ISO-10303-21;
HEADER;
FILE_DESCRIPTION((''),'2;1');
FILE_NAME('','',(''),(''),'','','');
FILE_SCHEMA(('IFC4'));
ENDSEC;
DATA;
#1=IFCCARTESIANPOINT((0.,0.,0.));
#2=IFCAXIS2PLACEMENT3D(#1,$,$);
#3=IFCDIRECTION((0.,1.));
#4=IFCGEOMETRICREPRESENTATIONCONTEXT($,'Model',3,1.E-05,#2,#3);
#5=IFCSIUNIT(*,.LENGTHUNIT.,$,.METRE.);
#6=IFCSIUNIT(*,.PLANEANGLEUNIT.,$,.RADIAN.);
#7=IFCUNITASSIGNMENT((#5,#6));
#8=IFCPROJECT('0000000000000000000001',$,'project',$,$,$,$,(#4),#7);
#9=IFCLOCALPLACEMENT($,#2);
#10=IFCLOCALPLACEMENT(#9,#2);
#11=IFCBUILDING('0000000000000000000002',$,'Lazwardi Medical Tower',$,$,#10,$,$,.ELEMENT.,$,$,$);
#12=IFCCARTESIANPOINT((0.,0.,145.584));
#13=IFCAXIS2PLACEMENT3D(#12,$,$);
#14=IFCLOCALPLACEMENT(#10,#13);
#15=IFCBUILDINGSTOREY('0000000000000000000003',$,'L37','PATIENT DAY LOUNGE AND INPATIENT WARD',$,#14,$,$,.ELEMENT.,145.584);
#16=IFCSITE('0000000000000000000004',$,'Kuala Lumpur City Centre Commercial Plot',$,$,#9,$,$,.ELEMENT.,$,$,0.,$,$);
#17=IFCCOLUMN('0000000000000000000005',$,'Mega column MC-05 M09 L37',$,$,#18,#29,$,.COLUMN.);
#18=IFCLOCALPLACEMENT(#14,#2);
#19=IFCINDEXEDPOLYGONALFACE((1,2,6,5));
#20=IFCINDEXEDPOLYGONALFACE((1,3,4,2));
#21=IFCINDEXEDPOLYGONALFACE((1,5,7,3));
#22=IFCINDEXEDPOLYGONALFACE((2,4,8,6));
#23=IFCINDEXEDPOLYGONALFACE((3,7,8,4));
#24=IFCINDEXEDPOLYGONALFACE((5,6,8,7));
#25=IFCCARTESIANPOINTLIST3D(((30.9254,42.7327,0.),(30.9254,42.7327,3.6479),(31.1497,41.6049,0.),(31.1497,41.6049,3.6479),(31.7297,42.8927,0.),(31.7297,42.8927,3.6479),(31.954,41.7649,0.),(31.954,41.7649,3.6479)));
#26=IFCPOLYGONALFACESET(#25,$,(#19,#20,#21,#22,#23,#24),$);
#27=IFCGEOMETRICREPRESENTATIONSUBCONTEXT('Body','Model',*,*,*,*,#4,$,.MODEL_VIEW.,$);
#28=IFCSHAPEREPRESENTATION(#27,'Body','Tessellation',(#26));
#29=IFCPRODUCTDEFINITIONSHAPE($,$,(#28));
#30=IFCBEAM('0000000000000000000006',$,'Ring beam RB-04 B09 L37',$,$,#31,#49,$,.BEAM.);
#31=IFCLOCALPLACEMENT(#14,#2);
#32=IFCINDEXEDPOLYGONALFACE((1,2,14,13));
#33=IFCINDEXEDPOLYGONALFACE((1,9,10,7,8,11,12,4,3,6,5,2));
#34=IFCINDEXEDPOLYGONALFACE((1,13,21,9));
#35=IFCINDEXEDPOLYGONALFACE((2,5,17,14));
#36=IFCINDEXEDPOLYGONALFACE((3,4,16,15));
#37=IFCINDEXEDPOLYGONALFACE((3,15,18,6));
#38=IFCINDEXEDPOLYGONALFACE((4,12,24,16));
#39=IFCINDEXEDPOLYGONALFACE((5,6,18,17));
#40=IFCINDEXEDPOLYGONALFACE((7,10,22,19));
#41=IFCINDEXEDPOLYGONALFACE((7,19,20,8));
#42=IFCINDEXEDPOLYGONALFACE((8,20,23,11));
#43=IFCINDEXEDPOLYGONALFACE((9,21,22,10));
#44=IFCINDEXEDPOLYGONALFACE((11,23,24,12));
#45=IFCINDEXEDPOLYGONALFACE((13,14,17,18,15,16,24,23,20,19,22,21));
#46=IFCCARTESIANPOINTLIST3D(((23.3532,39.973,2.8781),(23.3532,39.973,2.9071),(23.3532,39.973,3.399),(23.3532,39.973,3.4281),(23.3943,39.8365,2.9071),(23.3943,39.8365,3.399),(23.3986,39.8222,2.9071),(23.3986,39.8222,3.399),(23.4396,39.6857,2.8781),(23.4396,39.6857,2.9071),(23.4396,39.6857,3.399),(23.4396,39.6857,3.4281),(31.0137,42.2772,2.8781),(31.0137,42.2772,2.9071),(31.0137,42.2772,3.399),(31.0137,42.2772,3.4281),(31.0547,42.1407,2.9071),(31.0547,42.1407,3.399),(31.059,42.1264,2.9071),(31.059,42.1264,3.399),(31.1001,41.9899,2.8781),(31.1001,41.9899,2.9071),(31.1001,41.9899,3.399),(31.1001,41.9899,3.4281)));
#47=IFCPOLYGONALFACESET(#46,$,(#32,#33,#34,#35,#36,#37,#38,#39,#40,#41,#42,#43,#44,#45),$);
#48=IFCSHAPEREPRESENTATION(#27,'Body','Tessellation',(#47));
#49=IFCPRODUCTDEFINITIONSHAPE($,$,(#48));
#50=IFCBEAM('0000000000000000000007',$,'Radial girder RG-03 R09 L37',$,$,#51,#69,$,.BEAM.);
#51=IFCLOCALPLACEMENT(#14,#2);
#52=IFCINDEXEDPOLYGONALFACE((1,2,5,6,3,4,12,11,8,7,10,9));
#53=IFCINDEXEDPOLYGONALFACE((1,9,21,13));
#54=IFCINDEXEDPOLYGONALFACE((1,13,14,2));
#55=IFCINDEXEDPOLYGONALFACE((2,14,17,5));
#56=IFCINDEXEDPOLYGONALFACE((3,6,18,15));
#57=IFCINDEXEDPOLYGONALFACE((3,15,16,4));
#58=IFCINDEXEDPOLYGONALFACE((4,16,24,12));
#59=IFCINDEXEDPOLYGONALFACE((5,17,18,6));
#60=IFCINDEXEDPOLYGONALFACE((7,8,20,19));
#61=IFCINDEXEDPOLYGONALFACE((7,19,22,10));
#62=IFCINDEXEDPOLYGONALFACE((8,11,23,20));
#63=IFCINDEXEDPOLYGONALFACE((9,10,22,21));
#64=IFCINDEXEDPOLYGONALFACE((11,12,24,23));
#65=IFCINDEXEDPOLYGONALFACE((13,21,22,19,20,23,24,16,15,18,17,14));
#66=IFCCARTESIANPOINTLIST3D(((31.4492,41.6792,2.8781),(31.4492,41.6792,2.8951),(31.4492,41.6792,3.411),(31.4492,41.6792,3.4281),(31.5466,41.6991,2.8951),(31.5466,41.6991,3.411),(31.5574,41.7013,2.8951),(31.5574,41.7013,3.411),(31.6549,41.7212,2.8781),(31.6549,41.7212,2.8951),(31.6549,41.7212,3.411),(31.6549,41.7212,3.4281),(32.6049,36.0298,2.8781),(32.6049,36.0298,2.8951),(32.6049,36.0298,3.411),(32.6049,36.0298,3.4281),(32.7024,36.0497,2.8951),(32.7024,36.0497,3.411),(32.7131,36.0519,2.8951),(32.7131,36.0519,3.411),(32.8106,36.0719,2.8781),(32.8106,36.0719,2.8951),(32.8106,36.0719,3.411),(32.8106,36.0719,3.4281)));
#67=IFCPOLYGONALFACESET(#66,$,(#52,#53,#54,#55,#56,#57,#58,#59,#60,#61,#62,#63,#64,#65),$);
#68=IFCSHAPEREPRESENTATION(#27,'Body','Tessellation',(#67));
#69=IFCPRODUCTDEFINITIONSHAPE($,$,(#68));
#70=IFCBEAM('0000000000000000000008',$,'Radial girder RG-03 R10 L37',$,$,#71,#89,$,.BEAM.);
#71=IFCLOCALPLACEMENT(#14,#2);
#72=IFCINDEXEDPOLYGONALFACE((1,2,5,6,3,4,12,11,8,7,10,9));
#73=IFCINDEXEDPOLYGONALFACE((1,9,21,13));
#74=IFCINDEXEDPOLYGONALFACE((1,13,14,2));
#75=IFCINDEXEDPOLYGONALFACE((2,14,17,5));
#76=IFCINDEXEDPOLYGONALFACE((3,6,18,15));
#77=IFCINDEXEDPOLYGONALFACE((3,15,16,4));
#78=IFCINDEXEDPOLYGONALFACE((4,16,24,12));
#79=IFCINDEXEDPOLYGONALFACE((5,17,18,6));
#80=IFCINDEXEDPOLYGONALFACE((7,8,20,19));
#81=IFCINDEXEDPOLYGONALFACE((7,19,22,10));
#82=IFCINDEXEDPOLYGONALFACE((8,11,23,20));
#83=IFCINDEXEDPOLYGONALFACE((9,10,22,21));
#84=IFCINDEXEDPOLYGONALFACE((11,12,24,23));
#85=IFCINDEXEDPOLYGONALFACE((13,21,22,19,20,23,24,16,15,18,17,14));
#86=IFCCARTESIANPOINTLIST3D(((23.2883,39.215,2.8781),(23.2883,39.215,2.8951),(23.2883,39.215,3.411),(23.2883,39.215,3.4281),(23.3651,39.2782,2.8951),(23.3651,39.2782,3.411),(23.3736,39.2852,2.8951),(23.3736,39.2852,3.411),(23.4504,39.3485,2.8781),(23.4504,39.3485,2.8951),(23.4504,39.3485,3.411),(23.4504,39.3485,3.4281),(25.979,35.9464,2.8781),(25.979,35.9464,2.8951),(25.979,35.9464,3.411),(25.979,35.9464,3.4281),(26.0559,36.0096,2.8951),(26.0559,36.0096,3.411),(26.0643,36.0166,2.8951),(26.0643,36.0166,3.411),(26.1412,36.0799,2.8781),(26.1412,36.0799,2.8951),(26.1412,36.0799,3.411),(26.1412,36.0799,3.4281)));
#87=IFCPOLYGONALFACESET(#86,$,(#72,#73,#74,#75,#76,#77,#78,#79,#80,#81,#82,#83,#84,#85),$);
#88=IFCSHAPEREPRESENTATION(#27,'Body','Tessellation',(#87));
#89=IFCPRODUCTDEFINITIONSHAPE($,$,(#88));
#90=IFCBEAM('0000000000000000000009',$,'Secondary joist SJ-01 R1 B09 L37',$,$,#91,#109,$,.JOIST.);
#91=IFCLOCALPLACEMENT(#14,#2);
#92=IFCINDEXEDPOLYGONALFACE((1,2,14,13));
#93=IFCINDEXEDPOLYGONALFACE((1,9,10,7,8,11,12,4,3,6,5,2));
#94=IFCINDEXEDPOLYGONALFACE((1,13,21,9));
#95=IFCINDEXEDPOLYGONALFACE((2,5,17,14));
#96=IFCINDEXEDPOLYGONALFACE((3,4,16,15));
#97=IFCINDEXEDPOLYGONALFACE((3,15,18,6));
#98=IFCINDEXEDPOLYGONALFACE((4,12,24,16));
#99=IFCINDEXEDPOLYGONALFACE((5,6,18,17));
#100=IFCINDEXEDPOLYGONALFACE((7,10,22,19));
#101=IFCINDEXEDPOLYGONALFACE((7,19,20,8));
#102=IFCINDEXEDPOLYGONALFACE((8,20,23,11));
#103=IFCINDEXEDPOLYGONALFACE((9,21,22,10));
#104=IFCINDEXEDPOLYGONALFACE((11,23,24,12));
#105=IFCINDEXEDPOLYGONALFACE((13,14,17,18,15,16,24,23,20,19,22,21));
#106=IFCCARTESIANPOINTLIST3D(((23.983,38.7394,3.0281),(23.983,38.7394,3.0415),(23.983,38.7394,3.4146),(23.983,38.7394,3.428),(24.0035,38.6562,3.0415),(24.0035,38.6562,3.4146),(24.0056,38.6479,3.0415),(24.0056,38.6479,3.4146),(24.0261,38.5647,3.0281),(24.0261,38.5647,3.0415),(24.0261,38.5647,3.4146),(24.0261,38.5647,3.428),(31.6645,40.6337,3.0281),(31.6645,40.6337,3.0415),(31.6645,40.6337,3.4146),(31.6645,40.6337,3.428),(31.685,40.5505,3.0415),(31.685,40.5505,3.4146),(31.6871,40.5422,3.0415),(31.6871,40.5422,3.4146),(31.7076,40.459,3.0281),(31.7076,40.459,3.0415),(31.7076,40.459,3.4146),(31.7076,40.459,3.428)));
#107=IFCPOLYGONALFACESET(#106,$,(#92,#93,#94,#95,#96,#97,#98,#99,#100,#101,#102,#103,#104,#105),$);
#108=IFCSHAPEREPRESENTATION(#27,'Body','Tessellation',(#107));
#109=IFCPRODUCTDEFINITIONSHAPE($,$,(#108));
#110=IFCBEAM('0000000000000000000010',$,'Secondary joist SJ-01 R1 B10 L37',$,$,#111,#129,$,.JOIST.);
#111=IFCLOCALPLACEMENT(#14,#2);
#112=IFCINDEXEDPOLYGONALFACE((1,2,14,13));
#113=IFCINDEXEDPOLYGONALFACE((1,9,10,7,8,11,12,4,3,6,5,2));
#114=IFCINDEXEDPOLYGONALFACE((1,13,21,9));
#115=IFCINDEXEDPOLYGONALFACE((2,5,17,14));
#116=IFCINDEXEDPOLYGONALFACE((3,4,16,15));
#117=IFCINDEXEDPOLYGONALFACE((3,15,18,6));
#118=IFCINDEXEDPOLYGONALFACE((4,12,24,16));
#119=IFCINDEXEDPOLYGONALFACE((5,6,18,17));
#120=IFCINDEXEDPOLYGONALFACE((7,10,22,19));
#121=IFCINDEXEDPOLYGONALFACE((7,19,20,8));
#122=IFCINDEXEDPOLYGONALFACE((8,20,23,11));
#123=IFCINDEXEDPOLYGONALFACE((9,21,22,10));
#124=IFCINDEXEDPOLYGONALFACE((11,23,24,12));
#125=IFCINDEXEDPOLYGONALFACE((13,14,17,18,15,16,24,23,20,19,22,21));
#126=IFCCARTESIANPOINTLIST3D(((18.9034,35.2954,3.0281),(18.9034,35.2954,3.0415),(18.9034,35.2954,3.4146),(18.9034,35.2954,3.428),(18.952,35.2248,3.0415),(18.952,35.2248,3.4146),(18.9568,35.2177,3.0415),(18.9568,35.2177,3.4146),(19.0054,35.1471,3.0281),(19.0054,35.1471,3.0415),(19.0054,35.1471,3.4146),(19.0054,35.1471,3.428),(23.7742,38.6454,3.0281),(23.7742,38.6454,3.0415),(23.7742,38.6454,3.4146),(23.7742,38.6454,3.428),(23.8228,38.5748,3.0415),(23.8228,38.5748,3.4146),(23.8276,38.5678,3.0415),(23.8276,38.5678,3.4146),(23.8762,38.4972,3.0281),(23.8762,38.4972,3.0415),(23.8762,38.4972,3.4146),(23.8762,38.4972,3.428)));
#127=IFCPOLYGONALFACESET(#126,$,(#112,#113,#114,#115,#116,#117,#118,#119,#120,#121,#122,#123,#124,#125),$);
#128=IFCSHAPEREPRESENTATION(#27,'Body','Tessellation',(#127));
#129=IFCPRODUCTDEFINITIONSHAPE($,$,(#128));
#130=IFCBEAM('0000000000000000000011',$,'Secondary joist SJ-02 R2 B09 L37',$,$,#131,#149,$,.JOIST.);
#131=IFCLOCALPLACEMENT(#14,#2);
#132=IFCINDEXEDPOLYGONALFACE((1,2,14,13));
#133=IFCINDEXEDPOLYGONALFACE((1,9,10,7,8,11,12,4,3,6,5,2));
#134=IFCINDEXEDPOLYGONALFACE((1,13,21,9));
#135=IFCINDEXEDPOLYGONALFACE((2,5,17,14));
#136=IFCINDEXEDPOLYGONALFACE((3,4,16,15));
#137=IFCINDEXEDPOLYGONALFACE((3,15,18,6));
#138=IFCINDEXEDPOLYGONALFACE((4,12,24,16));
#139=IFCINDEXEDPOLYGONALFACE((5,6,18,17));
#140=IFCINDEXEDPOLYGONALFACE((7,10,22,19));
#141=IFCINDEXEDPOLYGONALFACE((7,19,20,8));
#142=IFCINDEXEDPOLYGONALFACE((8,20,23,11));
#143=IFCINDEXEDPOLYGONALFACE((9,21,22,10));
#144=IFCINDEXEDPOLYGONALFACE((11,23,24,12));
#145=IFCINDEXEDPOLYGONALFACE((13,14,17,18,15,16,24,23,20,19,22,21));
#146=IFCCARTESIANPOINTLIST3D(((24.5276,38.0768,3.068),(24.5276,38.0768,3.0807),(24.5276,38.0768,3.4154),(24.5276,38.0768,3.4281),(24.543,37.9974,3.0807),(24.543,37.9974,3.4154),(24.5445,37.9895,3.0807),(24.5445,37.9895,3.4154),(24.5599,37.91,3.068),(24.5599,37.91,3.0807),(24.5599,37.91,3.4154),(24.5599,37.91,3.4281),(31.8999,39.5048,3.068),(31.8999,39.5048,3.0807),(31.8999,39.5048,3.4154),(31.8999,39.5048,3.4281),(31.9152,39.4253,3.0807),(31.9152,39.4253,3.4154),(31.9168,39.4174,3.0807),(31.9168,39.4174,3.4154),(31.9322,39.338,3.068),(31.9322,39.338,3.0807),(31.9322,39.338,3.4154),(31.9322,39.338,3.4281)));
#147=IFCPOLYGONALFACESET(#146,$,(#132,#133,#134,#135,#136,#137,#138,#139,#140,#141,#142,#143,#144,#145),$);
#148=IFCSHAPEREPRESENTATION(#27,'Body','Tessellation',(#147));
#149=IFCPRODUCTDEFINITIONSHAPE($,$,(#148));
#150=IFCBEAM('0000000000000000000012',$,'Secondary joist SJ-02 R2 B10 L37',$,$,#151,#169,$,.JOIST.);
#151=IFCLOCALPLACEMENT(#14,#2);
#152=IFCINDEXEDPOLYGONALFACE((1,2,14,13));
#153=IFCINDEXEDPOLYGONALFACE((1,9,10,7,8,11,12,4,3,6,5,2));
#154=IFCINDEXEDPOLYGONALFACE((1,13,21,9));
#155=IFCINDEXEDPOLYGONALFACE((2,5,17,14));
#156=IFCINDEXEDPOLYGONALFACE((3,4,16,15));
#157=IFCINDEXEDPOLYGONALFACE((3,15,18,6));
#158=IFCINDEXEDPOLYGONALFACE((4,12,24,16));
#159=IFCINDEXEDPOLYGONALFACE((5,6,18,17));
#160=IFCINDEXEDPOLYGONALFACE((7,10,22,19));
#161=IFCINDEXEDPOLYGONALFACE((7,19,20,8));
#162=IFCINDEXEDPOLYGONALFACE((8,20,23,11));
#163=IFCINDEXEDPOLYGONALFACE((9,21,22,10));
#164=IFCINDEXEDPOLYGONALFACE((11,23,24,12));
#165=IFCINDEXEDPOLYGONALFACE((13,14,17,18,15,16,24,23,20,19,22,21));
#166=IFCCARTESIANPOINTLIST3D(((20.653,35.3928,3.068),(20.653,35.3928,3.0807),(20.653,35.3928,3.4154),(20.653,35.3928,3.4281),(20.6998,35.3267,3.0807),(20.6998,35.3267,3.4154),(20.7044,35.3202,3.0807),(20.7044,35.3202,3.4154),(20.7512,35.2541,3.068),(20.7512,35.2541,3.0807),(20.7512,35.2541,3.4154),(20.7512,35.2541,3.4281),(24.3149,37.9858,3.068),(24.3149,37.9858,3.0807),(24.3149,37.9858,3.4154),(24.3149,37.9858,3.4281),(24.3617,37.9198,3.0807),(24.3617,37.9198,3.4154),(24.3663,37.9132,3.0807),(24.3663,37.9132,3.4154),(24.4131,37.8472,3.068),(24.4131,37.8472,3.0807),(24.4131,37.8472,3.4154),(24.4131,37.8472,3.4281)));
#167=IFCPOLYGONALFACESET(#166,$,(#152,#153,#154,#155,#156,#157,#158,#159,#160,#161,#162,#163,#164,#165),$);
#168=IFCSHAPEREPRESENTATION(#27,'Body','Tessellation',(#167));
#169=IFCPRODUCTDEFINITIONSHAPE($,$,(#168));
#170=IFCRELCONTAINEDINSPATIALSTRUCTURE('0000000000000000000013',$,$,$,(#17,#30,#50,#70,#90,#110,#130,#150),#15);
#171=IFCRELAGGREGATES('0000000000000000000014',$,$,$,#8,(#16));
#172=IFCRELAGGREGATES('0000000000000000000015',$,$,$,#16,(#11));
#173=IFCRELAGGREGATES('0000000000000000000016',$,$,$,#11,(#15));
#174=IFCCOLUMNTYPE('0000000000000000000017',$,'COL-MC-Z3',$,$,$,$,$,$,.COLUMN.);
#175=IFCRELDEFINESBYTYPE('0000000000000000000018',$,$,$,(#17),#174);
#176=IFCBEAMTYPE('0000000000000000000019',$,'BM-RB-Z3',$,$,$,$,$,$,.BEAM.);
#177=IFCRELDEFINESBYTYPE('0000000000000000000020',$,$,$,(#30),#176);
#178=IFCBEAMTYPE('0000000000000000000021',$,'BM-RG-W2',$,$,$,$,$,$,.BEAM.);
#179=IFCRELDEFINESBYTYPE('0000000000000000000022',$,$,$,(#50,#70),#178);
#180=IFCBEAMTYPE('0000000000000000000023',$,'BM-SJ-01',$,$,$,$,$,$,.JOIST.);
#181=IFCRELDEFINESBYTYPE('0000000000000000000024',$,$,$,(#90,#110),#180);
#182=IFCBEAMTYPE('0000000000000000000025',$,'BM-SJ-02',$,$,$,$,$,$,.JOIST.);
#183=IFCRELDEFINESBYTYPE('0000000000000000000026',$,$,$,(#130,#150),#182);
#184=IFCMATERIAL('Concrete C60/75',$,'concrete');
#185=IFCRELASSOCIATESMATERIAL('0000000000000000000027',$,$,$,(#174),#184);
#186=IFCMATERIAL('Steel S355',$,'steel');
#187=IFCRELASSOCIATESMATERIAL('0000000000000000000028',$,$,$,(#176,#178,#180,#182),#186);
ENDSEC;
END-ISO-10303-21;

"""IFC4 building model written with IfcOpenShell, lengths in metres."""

from ifc_helpers import new_model, si_unit, direction, frame, origin, origin_2d, place, context, subcontext, project, spatial, rectangle, i_section, extrude, material, material_profile, profile_set, type_object, element, save


model = new_model("IFC4")

# Units and contexts
model_context = context("Model", 3, precision=1e-05, world=origin(), true_north=direction((0.0, 1.0)))
body_context = subcontext(model_context, "Body", "Model", "MODEL_VIEW")
ifc_project = project(units=[si_unit("LENGTHUNIT", "METRE"), si_unit("PLANEANGLEUNIT", "RADIAN")], contexts=[model_context])

# Site, building, storey
site_placement = place(None, origin())
site = spatial("IfcSite", under=ifc_project, at=site_placement, Name="Kuala Lumpur City Centre Commercial Plot", CompositionType="ELEMENT", RefElevation=0.0)
building_placement = place(site_placement, origin())
building = spatial("IfcBuilding", under=site, at=building_placement, Name="Lazwardi Medical Tower", CompositionType="ELEMENT")
storey_placement = place(building_placement, frame((0.0, 0.0, 145.584)))
storey = spatial("IfcBuildingStorey", under=building, at=storey_placement, Name="L37", Description="PATIENT DAY LOUNGE AND INPATIENT WARD", CompositionType="ELEMENT", Elevation=145.584)

# Column
ifc_material_1 = material(Name="Concrete C60/75", Category="concrete")
ifc_material_profile_1 = material_profile(ifc_material_1, rectangle(XDim=1.1499, YDim=0.8201, at=origin_2d()), Name="CFT-RECT 1150x820")
ifc_profile_set_1 = profile_set([ifc_material_profile_1], Name="Concrete C60/75")
column_type = type_object("IfcColumnType", Name="COL-MC-Z3", PredefinedType="COLUMN", material=ifc_profile_set_1)
column_placement = place(storey_placement, frame((31.4397, 42.2488, 0.0), z_axis=(0.0, 0.0, 1.0), x_axis=(-0.19509, 0.980785, 0.0)))
element("IfcColumn", 1, at=column_placement, inside=storey, type_object=column_type, Name="Mega column MC-05 M09 L37", PredefinedType="COLUMN", context=body_context, shape_type="SweptSolid", body=[
    extrude(rectangle(XDim=1.1499, YDim=0.8201, at=origin_2d()), origin(), (0.0, 0.0, 1.0), 3.6479),
])

# Beams
ifc_material_2 = material(Name="Steel S355", Category="steel")
ifc_material_profile_2 = material_profile(ifc_material_2, i_section(OverallWidth=0.3, OverallDepth=0.55, WebThickness=0.0149, FlangeThickness=0.0291, at=origin_2d()), Name="HEB 550")
ifc_profile_set_2 = profile_set([ifc_material_profile_2], Name="Steel S355")
beam_type_1 = type_object("IfcBeamType", Name="BM-RB-Z3", PredefinedType="BEAM", material=ifc_profile_set_2)
beam_1_placement = place(storey_placement, frame((31.0569, 42.1335, 3.1531), z_axis=(-0.957617, -0.288045, 0.0), x_axis=(0.288045, -0.957617, 0.0)))
element("IfcBeam", 2, at=beam_1_placement, inside=storey, type_object=beam_type_1, Name="Ring beam RB-04 B09 L37", PredefinedType="BEAM", context=body_context, shape_type="SweptSolid", body=[
    extrude(i_section(OverallWidth=0.3, OverallDepth=0.55, WebThickness=0.0149, FlangeThickness=0.0291, at=origin_2d()), origin(), (0.0, 0.0, 1.0), 7.9995),
])
ifc_material_profile_3 = material_profile(ifc_material_2, i_section(OverallWidth=0.21, OverallDepth=0.55, WebThickness=0.011, FlangeThickness=0.0171, at=origin_2d()), Name="IPE 550")
ifc_profile_set_3 = profile_set([ifc_material_profile_3], Name="Steel S355")
beam_type_2 = type_object("IfcBeamType", Name="BM-RG-W2", PredefinedType="BEAM", material=ifc_profile_set_3)
beam_2_placement = place(storey_placement, frame((31.552, 41.7002, 3.1531), z_axis=(0.200429, -0.979708, 0.0), x_axis=(0.979708, 0.200429, 0.0)))
element("IfcBeam", 3, at=beam_2_placement, inside=storey, type_object=beam_type_2, Name="Radial girder RG-03 R09 L37", PredefinedType="BEAM", context=body_context, shape_type="SweptSolid", body=[
    extrude(i_section(OverallWidth=0.21, OverallDepth=0.55, WebThickness=0.011, FlangeThickness=0.0171, at=origin_2d()), origin(), (0.0, 0.0, 1.0), 5.7664),
])
beam_3_placement = place(storey_placement, frame((23.3694, 39.2817, 3.1531), z_axis=(0.635556, -0.772055, 0.0), x_axis=(0.772055, 0.635556, 0.0)))
element("IfcBeam", 4, at=beam_3_placement, inside=storey, type_object=beam_type_2, Name="Radial girder RG-03 R10 L37", PredefinedType="BEAM", context=body_context, shape_type="SweptSolid", body=[
    extrude(i_section(OverallWidth=0.21, OverallDepth=0.55, WebThickness=0.011, FlangeThickness=0.0171, at=origin_2d()), origin(), (0.0, 0.0, 1.0), 4.2336),
])
ifc_material_profile_4 = material_profile(ifc_material_2, i_section(OverallWidth=0.1799, OverallDepth=0.3999, WebThickness=0.0085, FlangeThickness=0.0134, at=origin_2d()), Name="IPE 400")
ifc_profile_set_4 = profile_set([ifc_material_profile_4], Name="Steel S355")
beam_type_3 = type_object("IfcBeamType", Name="BM-SJ-01", PredefinedType="JOIST", material=ifc_profile_set_4)
beam_4_placement = place(storey_placement, frame((31.686, 40.5464, 3.228), z_axis=(-0.970913, -0.239434, 0.0), x_axis=(0.239434, -0.970913, 0.0)))
element("IfcBeam", 5, at=beam_4_placement, inside=storey, type_object=beam_type_3, Name="Secondary joist SJ-01 R1 B09 L37", PredefinedType="JOIST", context=body_context, shape_type="SweptSolid", body=[
    extrude(i_section(OverallWidth=0.1799, OverallDepth=0.3999, WebThickness=0.0085, FlangeThickness=0.0134, at=origin_2d()), origin(), (0.0, 0.0, 1.0), 7.9116),
])
beam_5_placement = place(storey_placement, frame((23.8252, 38.5713, 3.228), z_axis=(-0.823932, -0.566688, 0.0), x_axis=(0.566688, -0.823932, 0.0)))
element("IfcBeam", 6, at=beam_5_placement, inside=storey, type_object=beam_type_3, Name="Secondary joist SJ-01 R1 B10 L37", PredefinedType="JOIST", context=body_context, shape_type="SweptSolid", body=[
    extrude(i_section(OverallWidth=0.1799, OverallDepth=0.3999, WebThickness=0.0085, FlangeThickness=0.0134, at=origin_2d()), origin(), (0.0, 0.0, 1.0), 5.9116),
])
ifc_material_profile_5 = material_profile(ifc_material_2, i_section(OverallWidth=0.1699, OverallDepth=0.3601, WebThickness=0.0081, FlangeThickness=0.0127, at=origin_2d()), Name="IPE 360")
ifc_profile_set_5 = profile_set([ifc_material_profile_5], Name="Steel S355")
beam_type_4 = type_object("IfcBeamType", Name="BM-SJ-02", PredefinedType="JOIST", material=ifc_profile_set_5)
beam_6_placement = place(storey_placement, frame((31.916, 39.4214, 3.248), z_axis=(-0.981753, -0.19016, 0.0), x_axis=(0.19016, -0.981753, 0.0)))
element("IfcBeam", 7, at=beam_6_placement, inside=storey, type_object=beam_type_4, Name="Secondary joist SJ-02 R2 B09 L37", PredefinedType="JOIST", context=body_context, shape_type="SweptSolid", body=[
    extrude(i_section(OverallWidth=0.1699, OverallDepth=0.3601, WebThickness=0.0081, FlangeThickness=0.0127, at=origin_2d()), origin(), (0.0, 0.0, 1.0), 7.5093),
])
beam_7_placement = place(storey_placement, frame((24.364, 37.9165, 3.248), z_axis=(-0.816109, -0.577898, 0.0), x_axis=(0.577898, -0.816109, 0.0)))
element("IfcBeam", 8, at=beam_7_placement, inside=storey, type_object=beam_type_4, Name="Secondary joist SJ-02 R2 B10 L37", PredefinedType="JOIST", context=body_context, shape_type="SweptSolid", body=[
    extrude(i_section(OverallWidth=0.1699, OverallDepth=0.3601, WebThickness=0.0081, FlangeThickness=0.0127, at=origin_2d()), origin(), (0.0, 0.0, 1.0), 4.4871),
])

save(model, "model.ifc")
